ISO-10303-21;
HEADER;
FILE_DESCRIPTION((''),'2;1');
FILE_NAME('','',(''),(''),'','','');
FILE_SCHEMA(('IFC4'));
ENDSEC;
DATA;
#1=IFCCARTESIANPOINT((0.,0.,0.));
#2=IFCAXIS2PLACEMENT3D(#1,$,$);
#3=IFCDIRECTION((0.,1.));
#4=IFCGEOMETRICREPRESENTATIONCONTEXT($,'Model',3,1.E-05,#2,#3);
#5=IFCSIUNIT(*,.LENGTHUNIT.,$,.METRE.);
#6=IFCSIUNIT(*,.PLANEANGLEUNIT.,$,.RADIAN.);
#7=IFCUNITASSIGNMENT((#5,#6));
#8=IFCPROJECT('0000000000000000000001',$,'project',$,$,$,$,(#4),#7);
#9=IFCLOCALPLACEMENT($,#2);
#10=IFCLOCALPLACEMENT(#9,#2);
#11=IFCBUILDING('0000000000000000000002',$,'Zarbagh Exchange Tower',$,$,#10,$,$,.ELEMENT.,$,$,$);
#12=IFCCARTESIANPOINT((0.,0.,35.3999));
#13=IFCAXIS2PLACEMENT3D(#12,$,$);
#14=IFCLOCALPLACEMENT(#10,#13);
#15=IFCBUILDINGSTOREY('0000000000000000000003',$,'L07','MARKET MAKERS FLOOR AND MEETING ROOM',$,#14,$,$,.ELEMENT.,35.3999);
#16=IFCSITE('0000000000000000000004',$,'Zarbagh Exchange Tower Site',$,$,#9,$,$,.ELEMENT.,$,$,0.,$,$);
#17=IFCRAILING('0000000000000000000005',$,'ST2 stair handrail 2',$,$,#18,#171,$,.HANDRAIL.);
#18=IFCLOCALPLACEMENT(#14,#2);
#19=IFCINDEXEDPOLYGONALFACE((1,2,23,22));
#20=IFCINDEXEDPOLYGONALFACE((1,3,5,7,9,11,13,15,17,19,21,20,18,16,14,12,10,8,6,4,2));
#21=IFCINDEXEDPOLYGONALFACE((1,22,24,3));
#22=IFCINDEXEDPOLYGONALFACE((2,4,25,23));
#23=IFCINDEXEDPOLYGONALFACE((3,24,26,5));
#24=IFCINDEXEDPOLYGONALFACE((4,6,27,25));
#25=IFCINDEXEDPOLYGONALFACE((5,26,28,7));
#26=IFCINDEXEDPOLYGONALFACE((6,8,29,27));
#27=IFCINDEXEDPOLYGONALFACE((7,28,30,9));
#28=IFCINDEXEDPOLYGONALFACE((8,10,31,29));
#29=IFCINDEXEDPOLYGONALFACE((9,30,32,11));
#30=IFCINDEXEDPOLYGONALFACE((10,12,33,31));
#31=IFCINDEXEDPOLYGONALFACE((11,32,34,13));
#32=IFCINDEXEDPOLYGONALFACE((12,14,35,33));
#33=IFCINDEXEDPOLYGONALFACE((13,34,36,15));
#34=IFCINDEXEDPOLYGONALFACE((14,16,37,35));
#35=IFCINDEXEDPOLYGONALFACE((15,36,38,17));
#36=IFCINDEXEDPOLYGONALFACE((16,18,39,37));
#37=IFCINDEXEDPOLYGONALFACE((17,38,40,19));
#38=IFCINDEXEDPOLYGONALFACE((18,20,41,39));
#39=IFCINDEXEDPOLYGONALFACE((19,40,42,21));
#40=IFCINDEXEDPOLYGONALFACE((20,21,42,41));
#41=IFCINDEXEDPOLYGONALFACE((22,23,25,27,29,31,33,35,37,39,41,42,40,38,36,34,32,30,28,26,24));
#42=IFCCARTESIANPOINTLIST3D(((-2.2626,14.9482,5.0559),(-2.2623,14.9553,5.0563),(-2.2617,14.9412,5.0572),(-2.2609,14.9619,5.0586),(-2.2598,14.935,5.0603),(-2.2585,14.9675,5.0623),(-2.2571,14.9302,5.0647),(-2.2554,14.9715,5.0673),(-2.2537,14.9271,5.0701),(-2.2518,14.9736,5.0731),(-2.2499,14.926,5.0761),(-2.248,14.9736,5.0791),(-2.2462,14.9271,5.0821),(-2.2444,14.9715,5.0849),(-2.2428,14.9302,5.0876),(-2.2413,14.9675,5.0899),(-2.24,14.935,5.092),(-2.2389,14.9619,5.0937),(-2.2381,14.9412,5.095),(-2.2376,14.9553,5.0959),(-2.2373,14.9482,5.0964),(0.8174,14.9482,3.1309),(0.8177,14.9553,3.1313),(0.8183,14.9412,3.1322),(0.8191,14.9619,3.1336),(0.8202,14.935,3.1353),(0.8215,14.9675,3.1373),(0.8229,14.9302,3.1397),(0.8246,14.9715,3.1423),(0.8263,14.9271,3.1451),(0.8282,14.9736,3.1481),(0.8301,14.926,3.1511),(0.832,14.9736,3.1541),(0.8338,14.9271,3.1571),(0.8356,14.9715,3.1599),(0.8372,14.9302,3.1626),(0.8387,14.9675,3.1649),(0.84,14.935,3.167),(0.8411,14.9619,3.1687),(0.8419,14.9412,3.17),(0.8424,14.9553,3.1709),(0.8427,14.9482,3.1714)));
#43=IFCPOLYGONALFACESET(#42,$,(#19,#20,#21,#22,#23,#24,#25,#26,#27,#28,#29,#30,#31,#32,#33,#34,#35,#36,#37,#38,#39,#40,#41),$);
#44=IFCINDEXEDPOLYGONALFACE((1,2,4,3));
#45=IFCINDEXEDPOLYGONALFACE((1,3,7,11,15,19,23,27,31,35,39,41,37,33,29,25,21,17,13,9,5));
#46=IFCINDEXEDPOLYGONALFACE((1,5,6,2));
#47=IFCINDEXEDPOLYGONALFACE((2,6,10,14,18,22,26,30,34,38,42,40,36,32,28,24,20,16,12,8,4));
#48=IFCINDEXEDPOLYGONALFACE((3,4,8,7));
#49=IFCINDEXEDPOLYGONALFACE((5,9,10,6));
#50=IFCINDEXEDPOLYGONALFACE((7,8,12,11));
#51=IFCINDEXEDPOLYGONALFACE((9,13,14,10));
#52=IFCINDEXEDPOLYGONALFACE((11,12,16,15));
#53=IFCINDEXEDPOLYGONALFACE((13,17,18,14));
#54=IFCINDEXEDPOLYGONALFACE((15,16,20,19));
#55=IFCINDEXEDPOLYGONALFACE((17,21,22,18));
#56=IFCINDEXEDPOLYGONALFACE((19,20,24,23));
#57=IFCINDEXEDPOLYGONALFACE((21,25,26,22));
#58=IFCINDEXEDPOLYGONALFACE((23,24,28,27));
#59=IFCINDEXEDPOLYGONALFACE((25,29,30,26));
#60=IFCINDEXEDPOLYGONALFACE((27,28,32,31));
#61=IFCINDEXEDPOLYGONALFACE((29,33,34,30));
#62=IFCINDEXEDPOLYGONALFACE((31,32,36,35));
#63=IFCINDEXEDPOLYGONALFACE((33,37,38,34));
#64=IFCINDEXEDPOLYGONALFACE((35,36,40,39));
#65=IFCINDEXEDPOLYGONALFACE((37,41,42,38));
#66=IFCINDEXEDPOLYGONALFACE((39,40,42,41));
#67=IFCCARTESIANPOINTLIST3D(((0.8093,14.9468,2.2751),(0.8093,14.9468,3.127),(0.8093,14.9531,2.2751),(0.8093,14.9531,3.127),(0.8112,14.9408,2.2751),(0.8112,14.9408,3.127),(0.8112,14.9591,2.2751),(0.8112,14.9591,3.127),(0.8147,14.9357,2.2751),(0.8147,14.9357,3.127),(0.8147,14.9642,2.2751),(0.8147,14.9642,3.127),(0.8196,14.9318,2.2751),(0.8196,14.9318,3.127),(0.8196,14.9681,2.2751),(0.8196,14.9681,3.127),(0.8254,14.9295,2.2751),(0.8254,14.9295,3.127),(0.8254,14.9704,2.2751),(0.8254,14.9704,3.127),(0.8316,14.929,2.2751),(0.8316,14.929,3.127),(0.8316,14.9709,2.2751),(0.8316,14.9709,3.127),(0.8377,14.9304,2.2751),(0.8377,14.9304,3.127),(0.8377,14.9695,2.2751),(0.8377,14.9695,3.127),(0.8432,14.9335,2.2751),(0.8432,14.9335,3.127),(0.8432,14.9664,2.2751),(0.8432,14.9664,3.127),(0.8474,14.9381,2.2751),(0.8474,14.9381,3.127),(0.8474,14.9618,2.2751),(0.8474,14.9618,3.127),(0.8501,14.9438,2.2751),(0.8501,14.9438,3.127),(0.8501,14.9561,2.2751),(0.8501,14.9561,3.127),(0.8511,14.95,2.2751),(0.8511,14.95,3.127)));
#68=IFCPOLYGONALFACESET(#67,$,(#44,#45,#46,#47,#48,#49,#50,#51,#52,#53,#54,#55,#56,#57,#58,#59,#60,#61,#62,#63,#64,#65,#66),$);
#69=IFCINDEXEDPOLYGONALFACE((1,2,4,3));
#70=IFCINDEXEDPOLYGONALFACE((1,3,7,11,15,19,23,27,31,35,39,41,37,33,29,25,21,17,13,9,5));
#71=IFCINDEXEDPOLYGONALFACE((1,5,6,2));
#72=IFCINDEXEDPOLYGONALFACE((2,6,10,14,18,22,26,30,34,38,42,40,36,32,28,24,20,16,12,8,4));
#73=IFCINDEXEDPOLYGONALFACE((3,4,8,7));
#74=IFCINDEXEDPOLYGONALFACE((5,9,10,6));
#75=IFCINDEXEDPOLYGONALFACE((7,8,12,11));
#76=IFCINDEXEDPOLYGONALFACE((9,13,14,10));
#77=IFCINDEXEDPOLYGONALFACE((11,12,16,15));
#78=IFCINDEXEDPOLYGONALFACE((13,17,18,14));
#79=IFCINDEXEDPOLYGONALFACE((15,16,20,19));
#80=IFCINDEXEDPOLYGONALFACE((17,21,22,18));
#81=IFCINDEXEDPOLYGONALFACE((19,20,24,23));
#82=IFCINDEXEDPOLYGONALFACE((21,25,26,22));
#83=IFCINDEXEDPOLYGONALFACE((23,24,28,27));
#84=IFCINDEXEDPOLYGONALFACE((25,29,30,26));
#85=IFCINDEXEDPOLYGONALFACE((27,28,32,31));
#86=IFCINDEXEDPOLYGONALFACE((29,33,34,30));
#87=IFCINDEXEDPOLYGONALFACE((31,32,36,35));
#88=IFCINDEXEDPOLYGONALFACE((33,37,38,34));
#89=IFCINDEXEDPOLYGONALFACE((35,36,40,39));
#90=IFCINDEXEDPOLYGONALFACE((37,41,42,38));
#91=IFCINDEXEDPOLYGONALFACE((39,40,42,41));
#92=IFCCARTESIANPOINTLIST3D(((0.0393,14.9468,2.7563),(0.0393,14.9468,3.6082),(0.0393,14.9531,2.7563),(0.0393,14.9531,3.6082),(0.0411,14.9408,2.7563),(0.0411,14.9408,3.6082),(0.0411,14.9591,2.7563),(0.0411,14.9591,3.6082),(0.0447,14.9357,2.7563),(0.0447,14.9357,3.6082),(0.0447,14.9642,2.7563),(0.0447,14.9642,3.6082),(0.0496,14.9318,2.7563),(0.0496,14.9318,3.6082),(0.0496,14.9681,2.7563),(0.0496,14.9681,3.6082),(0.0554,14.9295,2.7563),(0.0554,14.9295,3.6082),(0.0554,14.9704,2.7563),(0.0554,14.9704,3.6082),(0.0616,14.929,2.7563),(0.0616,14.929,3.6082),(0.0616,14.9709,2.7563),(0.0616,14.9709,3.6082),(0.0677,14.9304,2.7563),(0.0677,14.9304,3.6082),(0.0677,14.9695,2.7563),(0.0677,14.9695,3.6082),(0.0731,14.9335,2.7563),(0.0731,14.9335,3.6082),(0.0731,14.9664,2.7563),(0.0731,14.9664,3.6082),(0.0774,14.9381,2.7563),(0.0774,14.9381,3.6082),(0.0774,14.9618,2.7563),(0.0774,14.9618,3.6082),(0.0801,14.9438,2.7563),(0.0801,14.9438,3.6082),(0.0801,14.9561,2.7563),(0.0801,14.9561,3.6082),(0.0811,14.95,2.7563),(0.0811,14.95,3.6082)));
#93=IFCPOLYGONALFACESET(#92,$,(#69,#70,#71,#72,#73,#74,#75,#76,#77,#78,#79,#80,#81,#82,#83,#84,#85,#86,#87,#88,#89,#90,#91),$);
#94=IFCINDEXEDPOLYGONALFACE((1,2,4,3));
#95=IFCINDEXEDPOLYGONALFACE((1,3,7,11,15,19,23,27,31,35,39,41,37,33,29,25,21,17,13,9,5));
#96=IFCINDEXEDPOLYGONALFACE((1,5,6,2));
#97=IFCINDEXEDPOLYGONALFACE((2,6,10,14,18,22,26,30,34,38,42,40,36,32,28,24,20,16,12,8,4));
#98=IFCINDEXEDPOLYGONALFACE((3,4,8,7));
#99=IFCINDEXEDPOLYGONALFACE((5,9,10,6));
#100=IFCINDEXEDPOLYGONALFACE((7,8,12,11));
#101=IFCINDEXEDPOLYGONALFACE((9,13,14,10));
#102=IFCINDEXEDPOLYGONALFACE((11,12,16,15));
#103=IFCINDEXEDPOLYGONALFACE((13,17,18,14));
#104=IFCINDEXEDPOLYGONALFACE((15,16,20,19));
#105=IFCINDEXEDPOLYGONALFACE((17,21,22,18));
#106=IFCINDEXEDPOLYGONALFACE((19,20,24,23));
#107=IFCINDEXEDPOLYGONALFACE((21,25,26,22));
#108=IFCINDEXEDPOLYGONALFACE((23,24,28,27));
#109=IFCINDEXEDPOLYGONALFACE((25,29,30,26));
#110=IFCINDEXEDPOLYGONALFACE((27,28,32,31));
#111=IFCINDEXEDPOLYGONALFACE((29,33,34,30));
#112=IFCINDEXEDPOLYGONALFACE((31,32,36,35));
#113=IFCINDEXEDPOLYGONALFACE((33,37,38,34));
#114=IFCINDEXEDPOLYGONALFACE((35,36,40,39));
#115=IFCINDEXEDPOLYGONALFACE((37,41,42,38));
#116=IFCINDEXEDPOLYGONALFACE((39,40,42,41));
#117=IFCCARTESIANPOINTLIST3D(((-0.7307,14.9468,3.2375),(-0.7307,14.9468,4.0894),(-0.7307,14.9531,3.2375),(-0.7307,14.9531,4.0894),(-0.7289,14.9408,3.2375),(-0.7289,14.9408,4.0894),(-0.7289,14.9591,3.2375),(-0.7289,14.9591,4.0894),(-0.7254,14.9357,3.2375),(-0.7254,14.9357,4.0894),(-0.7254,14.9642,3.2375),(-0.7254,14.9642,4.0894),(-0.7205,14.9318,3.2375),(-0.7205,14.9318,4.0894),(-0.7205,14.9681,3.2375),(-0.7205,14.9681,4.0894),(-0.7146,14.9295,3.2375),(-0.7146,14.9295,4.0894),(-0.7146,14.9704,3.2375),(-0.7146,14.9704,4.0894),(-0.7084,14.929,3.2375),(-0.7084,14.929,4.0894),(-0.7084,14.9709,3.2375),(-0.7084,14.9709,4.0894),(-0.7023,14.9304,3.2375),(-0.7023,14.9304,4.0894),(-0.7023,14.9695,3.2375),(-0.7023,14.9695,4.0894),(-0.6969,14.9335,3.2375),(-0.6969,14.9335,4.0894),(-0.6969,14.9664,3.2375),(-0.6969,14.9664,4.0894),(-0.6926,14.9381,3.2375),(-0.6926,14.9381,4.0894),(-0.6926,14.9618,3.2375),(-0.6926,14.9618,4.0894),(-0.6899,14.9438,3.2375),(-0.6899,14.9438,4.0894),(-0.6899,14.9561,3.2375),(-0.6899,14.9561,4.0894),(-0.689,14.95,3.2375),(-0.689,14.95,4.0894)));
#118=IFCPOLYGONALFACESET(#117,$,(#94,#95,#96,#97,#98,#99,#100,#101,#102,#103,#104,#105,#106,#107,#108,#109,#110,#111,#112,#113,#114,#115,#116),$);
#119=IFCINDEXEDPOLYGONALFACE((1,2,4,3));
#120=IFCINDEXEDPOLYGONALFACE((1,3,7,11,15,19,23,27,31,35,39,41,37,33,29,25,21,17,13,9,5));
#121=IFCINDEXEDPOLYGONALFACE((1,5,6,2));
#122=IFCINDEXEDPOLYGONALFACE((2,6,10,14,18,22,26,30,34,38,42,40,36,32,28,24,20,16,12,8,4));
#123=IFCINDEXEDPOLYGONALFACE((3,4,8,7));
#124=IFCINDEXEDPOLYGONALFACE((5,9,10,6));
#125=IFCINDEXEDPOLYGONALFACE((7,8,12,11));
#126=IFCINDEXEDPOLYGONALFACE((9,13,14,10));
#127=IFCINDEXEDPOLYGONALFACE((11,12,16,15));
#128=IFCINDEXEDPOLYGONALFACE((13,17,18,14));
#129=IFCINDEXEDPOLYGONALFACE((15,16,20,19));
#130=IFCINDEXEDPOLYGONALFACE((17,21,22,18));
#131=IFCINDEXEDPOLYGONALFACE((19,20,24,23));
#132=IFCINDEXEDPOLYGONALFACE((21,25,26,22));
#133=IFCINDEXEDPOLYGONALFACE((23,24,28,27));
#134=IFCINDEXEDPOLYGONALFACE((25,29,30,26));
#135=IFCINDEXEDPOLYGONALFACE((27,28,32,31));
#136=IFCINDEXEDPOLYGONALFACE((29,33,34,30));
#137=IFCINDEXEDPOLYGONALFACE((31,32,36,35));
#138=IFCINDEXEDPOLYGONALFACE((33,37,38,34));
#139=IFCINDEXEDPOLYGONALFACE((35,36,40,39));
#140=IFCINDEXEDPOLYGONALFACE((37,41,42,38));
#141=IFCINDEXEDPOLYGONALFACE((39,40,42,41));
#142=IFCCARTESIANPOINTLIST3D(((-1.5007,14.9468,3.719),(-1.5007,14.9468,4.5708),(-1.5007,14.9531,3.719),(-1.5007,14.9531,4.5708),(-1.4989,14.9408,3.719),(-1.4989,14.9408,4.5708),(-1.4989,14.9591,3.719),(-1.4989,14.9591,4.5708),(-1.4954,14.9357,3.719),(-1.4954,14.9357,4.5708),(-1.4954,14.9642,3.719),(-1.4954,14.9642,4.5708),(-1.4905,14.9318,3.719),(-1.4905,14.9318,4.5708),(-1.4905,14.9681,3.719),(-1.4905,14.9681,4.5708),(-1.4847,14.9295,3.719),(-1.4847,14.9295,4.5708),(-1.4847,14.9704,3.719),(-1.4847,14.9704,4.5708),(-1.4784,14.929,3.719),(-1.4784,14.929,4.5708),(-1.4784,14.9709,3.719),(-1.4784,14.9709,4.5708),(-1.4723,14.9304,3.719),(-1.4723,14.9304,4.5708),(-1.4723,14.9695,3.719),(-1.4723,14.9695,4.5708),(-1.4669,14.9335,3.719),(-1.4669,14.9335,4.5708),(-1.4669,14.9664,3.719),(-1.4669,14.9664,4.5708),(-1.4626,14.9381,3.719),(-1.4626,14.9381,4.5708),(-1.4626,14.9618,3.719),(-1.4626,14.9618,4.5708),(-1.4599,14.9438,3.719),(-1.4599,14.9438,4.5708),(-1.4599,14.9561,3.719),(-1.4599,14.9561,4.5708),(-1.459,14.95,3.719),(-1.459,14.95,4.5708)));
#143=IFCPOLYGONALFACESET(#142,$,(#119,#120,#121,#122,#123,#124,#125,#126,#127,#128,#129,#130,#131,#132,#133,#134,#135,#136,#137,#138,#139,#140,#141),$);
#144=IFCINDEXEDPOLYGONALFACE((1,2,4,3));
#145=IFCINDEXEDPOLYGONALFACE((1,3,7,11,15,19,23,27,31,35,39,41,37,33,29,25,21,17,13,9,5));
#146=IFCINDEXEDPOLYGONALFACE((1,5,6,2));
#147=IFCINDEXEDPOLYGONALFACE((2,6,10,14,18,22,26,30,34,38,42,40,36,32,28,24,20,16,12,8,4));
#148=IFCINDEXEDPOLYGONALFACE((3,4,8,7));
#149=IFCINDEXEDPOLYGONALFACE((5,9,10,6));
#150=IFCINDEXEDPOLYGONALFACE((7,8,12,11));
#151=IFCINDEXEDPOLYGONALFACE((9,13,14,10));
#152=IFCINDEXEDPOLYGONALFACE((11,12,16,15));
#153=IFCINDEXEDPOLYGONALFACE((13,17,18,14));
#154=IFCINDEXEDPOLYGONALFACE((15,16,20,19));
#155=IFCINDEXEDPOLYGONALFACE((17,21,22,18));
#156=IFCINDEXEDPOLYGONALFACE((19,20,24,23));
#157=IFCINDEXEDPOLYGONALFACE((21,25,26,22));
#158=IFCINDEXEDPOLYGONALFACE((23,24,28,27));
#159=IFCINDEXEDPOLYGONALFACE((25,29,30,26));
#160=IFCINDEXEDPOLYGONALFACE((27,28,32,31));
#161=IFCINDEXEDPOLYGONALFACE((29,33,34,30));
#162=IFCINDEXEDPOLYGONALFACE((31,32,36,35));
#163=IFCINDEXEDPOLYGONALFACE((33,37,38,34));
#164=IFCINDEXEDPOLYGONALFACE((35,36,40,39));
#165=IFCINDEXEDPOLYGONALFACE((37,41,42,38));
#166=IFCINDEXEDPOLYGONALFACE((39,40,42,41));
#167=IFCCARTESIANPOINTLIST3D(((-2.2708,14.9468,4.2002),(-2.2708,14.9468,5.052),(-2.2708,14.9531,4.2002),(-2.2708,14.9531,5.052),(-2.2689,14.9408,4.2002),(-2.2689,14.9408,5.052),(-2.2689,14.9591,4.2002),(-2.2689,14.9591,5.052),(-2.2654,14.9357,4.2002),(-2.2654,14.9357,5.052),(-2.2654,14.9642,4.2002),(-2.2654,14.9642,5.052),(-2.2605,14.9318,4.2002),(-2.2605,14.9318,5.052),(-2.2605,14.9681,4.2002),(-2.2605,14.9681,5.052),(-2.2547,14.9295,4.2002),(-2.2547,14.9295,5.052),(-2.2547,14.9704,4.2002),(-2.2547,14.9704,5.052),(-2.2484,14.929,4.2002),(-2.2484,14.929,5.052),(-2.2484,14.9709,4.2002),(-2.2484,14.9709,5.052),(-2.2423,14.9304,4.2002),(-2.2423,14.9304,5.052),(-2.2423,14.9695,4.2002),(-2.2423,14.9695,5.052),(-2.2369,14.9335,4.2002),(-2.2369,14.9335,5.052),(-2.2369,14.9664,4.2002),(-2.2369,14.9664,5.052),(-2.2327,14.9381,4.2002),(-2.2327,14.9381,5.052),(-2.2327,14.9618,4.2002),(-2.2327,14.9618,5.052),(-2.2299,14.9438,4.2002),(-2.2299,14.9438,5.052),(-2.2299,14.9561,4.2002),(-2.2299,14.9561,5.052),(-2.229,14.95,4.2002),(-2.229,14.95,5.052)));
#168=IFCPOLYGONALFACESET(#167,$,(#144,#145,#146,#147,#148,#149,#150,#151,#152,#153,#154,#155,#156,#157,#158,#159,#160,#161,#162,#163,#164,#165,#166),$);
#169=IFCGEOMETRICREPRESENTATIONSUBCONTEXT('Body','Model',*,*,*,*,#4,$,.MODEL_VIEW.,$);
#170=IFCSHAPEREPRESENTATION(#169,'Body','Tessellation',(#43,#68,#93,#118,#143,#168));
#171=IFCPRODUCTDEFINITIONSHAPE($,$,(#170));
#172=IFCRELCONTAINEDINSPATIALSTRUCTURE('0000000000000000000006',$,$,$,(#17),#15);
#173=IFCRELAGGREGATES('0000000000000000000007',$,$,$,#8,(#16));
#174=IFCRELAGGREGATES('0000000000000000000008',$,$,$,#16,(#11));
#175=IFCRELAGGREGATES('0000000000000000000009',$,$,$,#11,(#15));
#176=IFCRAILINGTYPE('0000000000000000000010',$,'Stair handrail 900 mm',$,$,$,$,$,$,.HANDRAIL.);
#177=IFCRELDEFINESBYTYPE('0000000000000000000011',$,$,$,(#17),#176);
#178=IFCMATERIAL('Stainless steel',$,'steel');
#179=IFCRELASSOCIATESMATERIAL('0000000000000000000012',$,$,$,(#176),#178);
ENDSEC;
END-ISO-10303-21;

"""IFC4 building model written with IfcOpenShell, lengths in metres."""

from ifc_helpers import new_model, si_unit, direction, frame, origin, origin_2d, place, context, subcontext, project, spatial, circle, extrude, material, type_object, element, save


model = new_model("IFC4")

# Units and contexts
model_context = context("Model", 3, precision=1e-05, world=origin(), true_north=direction((0.0, 1.0)))
body_context = subcontext(model_context, "Body", "Model", "MODEL_VIEW")
ifc_project = project(units=[si_unit("LENGTHUNIT", "METRE"), si_unit("PLANEANGLEUNIT", "RADIAN")], contexts=[model_context])

# Site, building, storey
site_placement = place(None, origin())
site = spatial("IfcSite", under=ifc_project, at=site_placement, Name="Zarbagh Exchange Tower Site", CompositionType="ELEMENT", RefElevation=0.0)
building_placement = place(site_placement, origin())
building = spatial("IfcBuilding", under=site, at=building_placement, Name="Zarbagh Exchange Tower", CompositionType="ELEMENT")
storey_placement = place(building_placement, frame((0.0, 0.0, 35.3999)))
storey = spatial("IfcBuildingStorey", under=building, at=storey_placement, Name="L07", Description="MARKET MAKERS FLOOR AND MEETING ROOM", CompositionType="ELEMENT", Elevation=35.3999)

# Shared definitions
ifc_material_1 = material(Name="Stainless steel", Category="steel")

# Railing
railing_type_1 = type_object("IfcRailingType", Name="Stair handrail 900 mm", PredefinedType="HANDRAIL", material=ifc_material_1)
railing_1_placement = place(storey_placement, frame((0.8301, 14.95, 2.2751)))
element("IfcRailing", 1, at=railing_1_placement, inside=storey, type_object=railing_type_1, Name="ST2 stair handrail 2", PredefinedType="HANDRAIL", context=body_context, shape_type="SweptSolid", body=[
    extrude(circle(Radius=0.0239, at=origin_2d()), frame((0.0, 0.0, 0.876), z_axis=(-0.847998, 0.0, 0.529999), x_axis=(0.0, -1.0, 0.0)), (0.0, 0.0, 1.0), 3.6321),
    extrude(circle(Radius=0.021, at=origin_2d()), origin(), (0.0, 0.0, 1.0), 0.8518),
    extrude(circle(Radius=0.021, at=origin_2d()), frame((-0.77, 0.0, 0.4812)), (0.0, 0.0, 1.0), 0.8518),
    extrude(circle(Radius=0.021, at=origin_2d()), frame((-1.54, 0.0, 0.9624)), (0.0, 0.0, 1.0), 0.8518),
    extrude(circle(Radius=0.021, at=origin_2d()), frame((-2.3101, 0.0, 1.4438)), (0.0, 0.0, 1.0), 0.8518),
    extrude(circle(Radius=0.021, at=origin_2d()), frame((-3.0801, 0.0, 1.925)), (0.0, 0.0, 1.0), 0.8518),
])

save(model, "model.ifc")
